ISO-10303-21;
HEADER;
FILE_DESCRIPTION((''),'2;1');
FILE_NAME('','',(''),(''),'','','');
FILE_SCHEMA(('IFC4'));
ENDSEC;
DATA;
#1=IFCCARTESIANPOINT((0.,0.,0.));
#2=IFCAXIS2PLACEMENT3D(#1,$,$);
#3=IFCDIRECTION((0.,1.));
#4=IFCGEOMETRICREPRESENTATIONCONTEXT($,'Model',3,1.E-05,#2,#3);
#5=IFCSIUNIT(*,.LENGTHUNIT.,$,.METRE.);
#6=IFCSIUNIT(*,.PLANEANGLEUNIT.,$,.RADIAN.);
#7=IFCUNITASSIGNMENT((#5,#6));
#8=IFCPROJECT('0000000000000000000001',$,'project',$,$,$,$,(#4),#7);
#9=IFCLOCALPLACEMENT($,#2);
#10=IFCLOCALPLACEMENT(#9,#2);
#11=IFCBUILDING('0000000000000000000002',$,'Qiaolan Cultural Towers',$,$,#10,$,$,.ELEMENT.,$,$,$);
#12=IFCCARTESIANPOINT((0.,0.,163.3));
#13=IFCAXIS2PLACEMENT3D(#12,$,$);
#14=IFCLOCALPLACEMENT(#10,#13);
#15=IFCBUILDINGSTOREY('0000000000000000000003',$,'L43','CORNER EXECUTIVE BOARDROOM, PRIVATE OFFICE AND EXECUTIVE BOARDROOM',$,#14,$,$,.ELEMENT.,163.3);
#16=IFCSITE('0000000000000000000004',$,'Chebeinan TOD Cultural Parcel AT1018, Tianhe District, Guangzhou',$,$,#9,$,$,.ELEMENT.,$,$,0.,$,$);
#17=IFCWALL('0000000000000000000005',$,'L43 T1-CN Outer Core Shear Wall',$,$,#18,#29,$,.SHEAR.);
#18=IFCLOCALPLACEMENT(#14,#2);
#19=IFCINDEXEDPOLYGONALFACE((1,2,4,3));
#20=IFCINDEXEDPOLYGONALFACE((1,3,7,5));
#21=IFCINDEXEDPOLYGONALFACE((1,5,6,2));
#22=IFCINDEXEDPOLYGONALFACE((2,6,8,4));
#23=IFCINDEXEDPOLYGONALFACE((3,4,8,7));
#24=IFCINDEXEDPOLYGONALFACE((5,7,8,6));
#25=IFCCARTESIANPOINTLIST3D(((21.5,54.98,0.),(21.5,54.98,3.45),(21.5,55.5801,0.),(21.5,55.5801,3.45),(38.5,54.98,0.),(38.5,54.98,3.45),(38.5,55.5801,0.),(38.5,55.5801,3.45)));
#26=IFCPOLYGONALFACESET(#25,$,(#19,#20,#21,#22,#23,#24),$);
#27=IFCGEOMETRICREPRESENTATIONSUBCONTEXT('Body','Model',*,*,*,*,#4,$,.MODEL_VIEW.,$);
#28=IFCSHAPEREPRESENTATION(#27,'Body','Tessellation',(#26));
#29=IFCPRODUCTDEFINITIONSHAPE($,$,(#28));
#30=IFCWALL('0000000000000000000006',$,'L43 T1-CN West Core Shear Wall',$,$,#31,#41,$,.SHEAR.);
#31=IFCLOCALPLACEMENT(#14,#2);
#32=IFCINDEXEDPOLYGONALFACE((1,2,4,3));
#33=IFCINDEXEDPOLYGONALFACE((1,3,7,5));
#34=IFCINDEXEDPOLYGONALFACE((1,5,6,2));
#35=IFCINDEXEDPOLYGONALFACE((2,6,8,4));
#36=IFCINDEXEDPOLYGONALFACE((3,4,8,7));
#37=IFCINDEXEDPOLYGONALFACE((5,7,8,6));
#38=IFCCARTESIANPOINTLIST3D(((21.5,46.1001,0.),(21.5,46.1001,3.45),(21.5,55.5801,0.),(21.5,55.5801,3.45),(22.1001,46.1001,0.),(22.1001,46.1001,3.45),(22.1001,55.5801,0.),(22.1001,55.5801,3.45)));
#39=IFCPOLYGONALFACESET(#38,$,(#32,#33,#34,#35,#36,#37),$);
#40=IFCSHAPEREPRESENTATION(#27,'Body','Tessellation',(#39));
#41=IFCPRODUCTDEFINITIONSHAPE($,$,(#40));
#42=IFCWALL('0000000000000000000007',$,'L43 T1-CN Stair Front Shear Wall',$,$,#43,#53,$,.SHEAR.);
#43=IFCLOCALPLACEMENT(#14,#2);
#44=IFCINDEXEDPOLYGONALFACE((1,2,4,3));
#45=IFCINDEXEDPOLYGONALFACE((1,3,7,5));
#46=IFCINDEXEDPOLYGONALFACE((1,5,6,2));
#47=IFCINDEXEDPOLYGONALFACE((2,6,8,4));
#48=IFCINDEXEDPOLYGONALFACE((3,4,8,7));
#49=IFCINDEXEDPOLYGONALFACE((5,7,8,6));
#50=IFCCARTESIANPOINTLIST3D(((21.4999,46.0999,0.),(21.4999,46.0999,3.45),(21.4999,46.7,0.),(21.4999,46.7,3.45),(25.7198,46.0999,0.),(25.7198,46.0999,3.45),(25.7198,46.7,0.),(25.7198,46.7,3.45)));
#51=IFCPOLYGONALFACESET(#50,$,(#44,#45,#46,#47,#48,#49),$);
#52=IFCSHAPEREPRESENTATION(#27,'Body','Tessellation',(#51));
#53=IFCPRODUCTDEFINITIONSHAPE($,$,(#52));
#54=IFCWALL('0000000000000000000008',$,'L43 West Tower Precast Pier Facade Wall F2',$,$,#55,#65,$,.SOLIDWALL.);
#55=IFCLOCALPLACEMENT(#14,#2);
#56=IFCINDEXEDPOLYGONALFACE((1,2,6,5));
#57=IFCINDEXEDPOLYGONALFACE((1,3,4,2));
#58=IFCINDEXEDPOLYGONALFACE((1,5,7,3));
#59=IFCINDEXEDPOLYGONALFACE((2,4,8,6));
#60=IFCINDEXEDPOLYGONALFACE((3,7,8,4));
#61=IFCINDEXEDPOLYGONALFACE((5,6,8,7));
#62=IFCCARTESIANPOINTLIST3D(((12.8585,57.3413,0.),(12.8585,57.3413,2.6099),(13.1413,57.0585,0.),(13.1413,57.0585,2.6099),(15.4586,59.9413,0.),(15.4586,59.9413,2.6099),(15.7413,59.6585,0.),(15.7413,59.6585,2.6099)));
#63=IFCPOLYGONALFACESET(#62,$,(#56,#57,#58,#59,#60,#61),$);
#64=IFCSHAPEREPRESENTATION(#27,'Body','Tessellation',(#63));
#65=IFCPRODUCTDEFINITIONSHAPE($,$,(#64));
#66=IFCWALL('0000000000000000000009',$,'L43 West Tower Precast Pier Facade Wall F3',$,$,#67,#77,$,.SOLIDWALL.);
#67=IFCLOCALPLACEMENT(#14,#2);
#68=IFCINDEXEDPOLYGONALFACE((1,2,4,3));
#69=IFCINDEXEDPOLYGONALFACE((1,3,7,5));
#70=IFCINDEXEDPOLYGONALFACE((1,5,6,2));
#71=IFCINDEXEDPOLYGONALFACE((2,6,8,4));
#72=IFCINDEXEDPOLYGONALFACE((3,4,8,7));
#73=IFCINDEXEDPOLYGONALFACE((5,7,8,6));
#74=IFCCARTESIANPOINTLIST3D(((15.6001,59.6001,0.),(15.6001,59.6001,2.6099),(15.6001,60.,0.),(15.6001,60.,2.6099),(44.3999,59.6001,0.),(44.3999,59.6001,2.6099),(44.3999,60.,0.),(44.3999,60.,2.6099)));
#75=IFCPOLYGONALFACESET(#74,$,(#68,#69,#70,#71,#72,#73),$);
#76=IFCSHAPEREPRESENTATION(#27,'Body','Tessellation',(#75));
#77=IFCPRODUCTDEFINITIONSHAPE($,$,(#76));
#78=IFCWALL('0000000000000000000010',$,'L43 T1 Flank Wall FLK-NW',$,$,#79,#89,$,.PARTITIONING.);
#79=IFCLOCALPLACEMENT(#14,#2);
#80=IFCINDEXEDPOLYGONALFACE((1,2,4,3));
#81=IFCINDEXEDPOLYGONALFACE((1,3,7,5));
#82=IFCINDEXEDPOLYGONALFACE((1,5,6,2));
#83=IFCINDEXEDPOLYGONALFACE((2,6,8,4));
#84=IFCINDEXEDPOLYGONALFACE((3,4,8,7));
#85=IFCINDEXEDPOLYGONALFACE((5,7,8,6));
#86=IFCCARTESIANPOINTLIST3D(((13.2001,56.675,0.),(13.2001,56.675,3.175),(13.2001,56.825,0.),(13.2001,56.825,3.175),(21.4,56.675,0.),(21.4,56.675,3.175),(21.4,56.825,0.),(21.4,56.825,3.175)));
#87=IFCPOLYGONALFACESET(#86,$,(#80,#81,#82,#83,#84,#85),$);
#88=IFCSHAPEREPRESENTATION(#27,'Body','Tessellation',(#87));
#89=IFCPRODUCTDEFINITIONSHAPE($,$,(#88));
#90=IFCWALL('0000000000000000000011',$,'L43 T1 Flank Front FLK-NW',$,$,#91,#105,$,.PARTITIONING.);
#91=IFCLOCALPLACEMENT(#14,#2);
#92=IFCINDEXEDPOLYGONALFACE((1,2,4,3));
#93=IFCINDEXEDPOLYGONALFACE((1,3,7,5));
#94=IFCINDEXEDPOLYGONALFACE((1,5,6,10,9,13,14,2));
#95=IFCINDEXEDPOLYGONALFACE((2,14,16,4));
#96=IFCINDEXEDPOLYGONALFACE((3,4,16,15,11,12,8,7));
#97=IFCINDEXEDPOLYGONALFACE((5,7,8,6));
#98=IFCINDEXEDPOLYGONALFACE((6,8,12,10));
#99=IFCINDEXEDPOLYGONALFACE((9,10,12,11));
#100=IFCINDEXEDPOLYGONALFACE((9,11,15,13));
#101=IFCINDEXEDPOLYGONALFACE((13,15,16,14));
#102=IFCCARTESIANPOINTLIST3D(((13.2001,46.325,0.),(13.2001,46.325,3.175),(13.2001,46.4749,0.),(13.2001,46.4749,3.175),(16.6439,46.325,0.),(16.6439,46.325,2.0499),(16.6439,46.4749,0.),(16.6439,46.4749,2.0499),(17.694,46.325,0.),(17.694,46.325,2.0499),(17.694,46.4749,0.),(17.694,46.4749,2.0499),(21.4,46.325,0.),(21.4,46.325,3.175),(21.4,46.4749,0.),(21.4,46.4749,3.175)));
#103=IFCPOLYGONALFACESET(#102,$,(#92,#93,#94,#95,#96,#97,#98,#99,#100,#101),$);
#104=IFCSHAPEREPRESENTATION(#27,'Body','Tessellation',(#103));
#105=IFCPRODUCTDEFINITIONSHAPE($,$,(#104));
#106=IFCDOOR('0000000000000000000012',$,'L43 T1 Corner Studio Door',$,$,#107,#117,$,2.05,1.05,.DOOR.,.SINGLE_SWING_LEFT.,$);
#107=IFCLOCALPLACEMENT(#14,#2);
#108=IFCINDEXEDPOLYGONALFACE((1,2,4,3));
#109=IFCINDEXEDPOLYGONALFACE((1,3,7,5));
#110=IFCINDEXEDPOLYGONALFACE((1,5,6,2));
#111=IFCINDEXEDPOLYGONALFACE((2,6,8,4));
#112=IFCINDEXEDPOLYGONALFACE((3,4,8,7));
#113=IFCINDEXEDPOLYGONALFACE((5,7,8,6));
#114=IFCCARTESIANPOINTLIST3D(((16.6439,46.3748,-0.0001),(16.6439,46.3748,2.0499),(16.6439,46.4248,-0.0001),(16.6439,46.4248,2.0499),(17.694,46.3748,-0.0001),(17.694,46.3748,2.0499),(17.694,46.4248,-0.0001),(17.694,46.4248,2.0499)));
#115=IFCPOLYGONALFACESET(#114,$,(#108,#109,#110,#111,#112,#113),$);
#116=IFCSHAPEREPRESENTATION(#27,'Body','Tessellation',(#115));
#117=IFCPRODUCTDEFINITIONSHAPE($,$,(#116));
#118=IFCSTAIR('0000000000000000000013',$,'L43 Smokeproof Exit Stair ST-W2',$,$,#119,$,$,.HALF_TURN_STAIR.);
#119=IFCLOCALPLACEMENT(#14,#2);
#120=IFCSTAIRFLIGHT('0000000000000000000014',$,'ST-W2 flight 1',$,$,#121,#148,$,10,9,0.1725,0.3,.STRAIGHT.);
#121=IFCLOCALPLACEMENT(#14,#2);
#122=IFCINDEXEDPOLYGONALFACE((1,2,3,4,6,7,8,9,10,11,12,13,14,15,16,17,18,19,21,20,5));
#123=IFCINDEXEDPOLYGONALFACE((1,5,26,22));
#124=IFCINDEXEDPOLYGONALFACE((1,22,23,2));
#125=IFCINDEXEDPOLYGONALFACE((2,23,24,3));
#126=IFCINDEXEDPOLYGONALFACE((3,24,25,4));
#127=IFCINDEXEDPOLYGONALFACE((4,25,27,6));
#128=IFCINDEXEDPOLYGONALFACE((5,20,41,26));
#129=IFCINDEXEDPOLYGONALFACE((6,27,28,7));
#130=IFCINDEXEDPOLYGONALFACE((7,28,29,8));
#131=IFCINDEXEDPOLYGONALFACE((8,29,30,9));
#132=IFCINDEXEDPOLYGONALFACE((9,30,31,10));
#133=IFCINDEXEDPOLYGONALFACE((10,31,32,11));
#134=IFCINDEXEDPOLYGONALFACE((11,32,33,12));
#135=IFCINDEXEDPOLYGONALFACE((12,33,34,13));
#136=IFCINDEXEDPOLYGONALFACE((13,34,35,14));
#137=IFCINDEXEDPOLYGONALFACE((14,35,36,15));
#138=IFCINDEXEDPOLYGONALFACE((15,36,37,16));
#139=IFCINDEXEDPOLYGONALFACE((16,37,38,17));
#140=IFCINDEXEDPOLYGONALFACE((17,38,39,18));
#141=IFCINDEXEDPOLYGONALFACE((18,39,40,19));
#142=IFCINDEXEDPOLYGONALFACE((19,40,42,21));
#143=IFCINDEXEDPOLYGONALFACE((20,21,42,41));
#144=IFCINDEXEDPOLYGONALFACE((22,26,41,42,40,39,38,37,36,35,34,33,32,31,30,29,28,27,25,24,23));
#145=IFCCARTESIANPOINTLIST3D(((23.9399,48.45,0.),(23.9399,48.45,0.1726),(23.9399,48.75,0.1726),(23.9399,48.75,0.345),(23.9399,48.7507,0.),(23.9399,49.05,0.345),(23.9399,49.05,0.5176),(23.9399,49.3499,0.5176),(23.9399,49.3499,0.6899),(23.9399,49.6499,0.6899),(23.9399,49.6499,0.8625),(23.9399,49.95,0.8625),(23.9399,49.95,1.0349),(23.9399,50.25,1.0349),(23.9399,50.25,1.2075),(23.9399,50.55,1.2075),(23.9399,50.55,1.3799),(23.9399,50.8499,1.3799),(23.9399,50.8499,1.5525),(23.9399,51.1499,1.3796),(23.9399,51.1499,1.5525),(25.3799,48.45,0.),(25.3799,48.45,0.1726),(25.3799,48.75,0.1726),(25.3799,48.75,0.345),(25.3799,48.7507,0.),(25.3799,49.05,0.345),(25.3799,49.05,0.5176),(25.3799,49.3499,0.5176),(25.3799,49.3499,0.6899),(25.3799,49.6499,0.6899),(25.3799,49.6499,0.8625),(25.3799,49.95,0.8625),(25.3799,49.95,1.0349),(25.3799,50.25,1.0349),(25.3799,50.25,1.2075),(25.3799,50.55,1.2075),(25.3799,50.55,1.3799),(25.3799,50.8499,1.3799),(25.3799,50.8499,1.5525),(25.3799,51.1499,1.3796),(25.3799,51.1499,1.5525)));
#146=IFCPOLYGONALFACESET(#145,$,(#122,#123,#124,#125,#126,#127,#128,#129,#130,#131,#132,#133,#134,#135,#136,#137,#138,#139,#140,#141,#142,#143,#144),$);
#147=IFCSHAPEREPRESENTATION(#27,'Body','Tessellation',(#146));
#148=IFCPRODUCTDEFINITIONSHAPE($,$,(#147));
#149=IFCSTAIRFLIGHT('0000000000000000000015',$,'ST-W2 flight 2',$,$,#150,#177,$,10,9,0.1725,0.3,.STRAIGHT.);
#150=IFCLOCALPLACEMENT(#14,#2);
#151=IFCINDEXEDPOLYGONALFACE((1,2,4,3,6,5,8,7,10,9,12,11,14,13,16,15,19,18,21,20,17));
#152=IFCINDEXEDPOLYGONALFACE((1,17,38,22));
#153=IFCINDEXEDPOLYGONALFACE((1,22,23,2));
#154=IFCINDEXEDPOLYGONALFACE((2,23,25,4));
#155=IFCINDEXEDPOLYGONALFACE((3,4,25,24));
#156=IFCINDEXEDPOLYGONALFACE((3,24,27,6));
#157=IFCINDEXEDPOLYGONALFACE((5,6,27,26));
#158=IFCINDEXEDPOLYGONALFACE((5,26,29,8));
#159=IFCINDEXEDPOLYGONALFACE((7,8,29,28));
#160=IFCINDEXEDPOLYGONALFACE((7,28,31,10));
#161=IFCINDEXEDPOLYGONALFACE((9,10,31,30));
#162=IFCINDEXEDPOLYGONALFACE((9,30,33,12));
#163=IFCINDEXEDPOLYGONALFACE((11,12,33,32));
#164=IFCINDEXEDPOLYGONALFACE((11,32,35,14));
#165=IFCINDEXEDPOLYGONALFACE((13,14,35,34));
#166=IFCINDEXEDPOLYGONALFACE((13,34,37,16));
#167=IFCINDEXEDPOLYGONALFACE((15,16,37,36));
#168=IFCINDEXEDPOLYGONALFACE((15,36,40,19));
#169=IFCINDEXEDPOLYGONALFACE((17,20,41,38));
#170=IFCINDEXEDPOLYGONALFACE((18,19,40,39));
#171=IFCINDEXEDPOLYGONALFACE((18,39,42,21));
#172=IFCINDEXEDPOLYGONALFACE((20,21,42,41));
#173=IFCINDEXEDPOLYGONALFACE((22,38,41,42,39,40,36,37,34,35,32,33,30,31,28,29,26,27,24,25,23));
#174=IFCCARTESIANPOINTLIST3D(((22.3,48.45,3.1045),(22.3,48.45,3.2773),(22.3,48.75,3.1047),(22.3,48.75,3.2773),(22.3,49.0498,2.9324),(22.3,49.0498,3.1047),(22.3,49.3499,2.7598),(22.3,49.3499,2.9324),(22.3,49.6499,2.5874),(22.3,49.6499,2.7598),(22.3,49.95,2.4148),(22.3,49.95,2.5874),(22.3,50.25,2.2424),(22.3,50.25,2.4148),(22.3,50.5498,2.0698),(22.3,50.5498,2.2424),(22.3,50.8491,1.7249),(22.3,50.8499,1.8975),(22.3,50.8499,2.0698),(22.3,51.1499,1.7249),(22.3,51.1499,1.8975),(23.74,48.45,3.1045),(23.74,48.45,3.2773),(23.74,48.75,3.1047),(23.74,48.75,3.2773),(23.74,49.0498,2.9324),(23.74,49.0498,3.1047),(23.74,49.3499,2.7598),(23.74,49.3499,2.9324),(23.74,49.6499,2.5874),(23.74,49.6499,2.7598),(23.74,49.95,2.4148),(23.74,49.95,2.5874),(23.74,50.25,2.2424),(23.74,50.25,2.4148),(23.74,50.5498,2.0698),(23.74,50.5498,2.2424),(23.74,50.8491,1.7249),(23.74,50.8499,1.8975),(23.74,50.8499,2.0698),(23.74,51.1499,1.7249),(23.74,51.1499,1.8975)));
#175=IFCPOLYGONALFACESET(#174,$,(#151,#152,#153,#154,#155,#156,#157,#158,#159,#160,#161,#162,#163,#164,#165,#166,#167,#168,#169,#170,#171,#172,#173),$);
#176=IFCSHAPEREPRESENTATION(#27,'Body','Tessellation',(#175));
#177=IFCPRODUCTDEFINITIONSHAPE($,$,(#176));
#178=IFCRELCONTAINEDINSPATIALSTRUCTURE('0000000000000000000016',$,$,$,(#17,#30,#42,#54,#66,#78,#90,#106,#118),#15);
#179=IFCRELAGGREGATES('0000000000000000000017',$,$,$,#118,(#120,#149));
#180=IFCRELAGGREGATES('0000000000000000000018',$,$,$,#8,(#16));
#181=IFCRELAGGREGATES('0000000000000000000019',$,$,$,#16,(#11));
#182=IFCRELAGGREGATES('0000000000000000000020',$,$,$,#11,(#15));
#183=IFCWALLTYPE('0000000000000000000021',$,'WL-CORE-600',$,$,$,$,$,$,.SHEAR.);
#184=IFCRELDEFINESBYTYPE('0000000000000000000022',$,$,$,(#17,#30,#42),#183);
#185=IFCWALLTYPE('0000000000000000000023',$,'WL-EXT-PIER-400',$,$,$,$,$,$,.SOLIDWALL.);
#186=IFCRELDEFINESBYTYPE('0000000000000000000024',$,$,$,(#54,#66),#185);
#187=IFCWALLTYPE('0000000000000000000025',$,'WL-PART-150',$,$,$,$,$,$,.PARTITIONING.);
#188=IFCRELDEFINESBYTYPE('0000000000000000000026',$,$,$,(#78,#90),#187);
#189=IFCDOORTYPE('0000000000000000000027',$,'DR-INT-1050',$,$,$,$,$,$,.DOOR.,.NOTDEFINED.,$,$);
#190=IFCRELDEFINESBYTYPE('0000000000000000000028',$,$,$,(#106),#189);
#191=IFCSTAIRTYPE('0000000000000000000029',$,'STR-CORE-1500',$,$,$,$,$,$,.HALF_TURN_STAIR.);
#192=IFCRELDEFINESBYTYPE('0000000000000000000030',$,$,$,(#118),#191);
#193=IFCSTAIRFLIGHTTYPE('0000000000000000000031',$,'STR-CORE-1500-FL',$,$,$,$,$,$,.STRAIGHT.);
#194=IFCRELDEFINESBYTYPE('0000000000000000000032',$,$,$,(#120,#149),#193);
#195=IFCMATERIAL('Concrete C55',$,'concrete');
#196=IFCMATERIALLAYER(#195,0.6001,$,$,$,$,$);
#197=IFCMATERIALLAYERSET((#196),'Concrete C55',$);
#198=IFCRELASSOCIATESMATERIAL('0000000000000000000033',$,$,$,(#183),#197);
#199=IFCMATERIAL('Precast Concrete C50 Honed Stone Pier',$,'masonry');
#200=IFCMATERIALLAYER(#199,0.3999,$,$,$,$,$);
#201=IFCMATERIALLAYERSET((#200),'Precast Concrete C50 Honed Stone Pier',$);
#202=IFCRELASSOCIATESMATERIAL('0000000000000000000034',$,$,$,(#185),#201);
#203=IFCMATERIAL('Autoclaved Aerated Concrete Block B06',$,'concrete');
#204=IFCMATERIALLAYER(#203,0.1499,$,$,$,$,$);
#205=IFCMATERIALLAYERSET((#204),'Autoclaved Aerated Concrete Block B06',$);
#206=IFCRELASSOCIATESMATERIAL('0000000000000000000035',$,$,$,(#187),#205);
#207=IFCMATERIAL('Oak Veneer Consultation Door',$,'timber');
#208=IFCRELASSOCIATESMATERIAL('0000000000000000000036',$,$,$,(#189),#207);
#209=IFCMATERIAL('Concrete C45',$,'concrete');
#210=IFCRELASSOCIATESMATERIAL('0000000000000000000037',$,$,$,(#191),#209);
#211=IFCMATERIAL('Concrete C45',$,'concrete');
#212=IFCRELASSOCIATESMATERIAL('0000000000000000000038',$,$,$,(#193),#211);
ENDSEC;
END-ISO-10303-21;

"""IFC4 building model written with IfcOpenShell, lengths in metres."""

from ifc_helpers import new_model, si_unit, direction, frame, frame_2d, origin, place, context, subcontext, project, spatial, polyline, rectangle, outline, extrude, material, layer, layer_set, type_object, element, fill, aggregate, save


model = new_model("IFC4")

# Units and contexts
model_context = context("Model", 3, precision=1e-05, world=origin(), true_north=direction((0.0, 1.0)))
body_context = subcontext(model_context, "Body", "Model", "MODEL_VIEW")
ifc_project = project(units=[si_unit("LENGTHUNIT", "METRE"), si_unit("PLANEANGLEUNIT", "RADIAN")], contexts=[model_context])

# Site, building, storey
site_placement = place(None, origin())
site = spatial("IfcSite", under=ifc_project, at=site_placement, Name="Chebeinan TOD Cultural Parcel AT1018, Tianhe District, Guangzhou", CompositionType="ELEMENT", RefElevation=0.0)
building_placement = place(site_placement, origin())
building = spatial("IfcBuilding", under=site, at=building_placement, Name="Qiaolan Cultural Towers", CompositionType="ELEMENT")
storey_placement = place(building_placement, frame((0.0, 0.0, 163.3)))
storey = spatial("IfcBuildingStorey", under=building, at=storey_placement, Name="L43", Description="CORNER EXECUTIVE BOARDROOM, PRIVATE OFFICE AND EXECUTIVE BOARDROOM", CompositionType="ELEMENT", Elevation=163.3)

# Walls
ifc_material_1 = material(Name="Concrete C55", Category="concrete")
ifc_layer_1 = layer(ifc_material_1, 0.6001)
ifc_layer_set_1 = layer_set([ifc_layer_1], Name="Concrete C55")
wall_type_1 = type_object("IfcWallType", Name="WL-CORE-600", PredefinedType="SHEAR", material=ifc_layer_set_1)
wall_1_placement = place(storey_placement, frame((21.5, 55.28, 0.0), z_axis=(0.0, 0.0, 1.0), x_axis=(1.0, 0.0, 0.0)))
element("IfcWall", 1, at=wall_1_placement, inside=storey, type_object=wall_type_1, Name="L43 T1-CN Outer Core Shear Wall", PredefinedType="SHEAR", context=body_context, shape_type="SweptSolid", body=[
    extrude(rectangle(XDim=17.0, YDim=0.6001, at=frame_2d((8.5, 0.0))), origin(), (0.0, 0.0, 1.0), 3.45),
])
wall_2_placement = place(storey_placement, frame((21.8, 46.1001, 0.0), z_axis=(0.0, 0.0, 1.0), x_axis=(0.0, 1.0, 0.0)))
element("IfcWall", 2, at=wall_2_placement, inside=storey, type_object=wall_type_1, Name="L43 T1-CN West Core Shear Wall", PredefinedType="SHEAR", context=body_context, shape_type="SweptSolid", body=[
    extrude(rectangle(XDim=9.48, YDim=0.6001, at=frame_2d((4.74, 0.0))), origin(), (0.0, 0.0, 1.0), 3.45),
])
wall_3_placement = place(storey_placement, frame((21.5, 46.3999, 0.0), z_axis=(0.0, 0.0, 1.0), x_axis=(1.0, 0.0, 0.0)))
element("IfcWall", 3, at=wall_3_placement, inside=storey, type_object=wall_type_1, Name="L43 T1-CN Stair Front Shear Wall", PredefinedType="SHEAR", context=body_context, shape_type="SweptSolid", body=[
    extrude(rectangle(XDim=4.22, YDim=0.6001, at=frame_2d((2.1099, 0.0))), origin(), (0.0, 0.0, 1.0), 3.45),
])
ifc_material_2 = material(Name="Precast Concrete C50 Honed Stone Pier", Category="masonry")
ifc_layer_2 = layer(ifc_material_2, 0.3999)
ifc_layer_set_2 = layer_set([ifc_layer_2], Name="Precast Concrete C50 Honed Stone Pier")
wall_type_2 = type_object("IfcWallType", Name="WL-EXT-PIER-400", PredefinedType="SOLIDWALL", material=ifc_layer_set_2)
wall_4_placement = place(storey_placement, frame((13.0, 57.2, 0.0), z_axis=(0.0, 0.0, 1.0), x_axis=(0.707107, 0.707107, 0.0)))
element("IfcWall", 4, at=wall_4_placement, inside=storey, type_object=wall_type_2, Name="L43 West Tower Precast Pier Facade Wall F2", PredefinedType="SOLIDWALL", context=body_context, shape_type="SweptSolid", body=[
    extrude(rectangle(XDim=3.677, YDim=0.3999, at=frame_2d((1.8384, 0.0))), origin(), (0.0, 0.0, 1.0), 2.6099),
])
wall_5_placement = place(storey_placement, frame((15.6001, 59.8, 0.0), z_axis=(0.0, 0.0, 1.0), x_axis=(1.0, 0.0, 0.0)))
element("IfcWall", 5, at=wall_5_placement, inside=storey, type_object=wall_type_2, Name="L43 West Tower Precast Pier Facade Wall F3", PredefinedType="SOLIDWALL", context=body_context, shape_type="SweptSolid", body=[
    extrude(rectangle(XDim=28.7998, YDim=0.3999, at=frame_2d((14.3999, 0.0))), origin(), (0.0, 0.0, 1.0), 2.6099),
])
ifc_material_3 = material(Name="Autoclaved Aerated Concrete Block B06", Category="concrete")
ifc_layer_3 = layer(ifc_material_3, 0.1499)
ifc_layer_set_3 = layer_set([ifc_layer_3], Name="Autoclaved Aerated Concrete Block B06")
wall_type_3 = type_object("IfcWallType", Name="WL-PART-150", PredefinedType="PARTITIONING", material=ifc_layer_set_3)
wall_6_placement = place(storey_placement, frame((13.2, 56.75, 0.0), z_axis=(0.0, 0.0, 1.0), x_axis=(1.0, 0.0, 0.0)))
element("IfcWall", 6, at=wall_6_placement, inside=storey, type_object=wall_type_3, Name="L43 T1 Flank Wall FLK-NW", PredefinedType="PARTITIONING", context=body_context, shape_type="SweptSolid", body=[
    extrude(rectangle(XDim=8.2, YDim=0.1499, at=frame_2d((4.1001, 0.0))), origin(), (0.0, 0.0, 1.0), 3.175),
])

# Wall, opening, door
wall_7_placement = place(storey_placement, frame((13.2, 46.3999, 0.0), z_axis=(0.0, 0.0, 1.0), x_axis=(1.0, 0.0, 0.0)))
wall_7 = element("IfcWall", 7, at=wall_7_placement, inside=storey, type_object=wall_type_3, Name="L43 T1 Flank Front FLK-NW", PredefinedType="PARTITIONING", context=body_context, shape_type="SweptSolid", body=[
    extrude(rectangle(XDim=8.2, YDim=0.1499, at=frame_2d((4.1001, 0.0))), origin(), (0.0, 0.0, 1.0), 3.175),
])
opening_placement = place(wall_7_placement, frame((3.4441, 0.0, 0.0)))
opening = element("IfcOpeningElement", 8, at=opening_placement, cuts=wall_7, PredefinedType="OPENING", context=body_context, shape_type="SweptSolid", body=[
    extrude(rectangle(XDim=1.05, YDim=2.05, at=frame_2d((0.5249, 1.0249))), frame((0.0, 0.085, 0.0), z_axis=(0.0, -1.0, 0.0), x_axis=(1.0, 0.0, 0.0)), (0.0, 0.0, 1.0), 0.1699),
])
ifc_material_4 = material(Name="Oak Veneer Consultation Door", Category="timber")
door_type = type_object("IfcDoorType", Name="DR-INT-1050", OperationType="NOTDEFINED", PredefinedType="DOOR", material=ifc_material_4)
door_placement = place(opening_placement, origin())
door = element("IfcDoor", 9, at=door_placement, inside=storey, type_object=door_type, Name="L43 T1 Corner Studio Door", OperationType="SINGLE_SWING_LEFT", OverallHeight=2.05, OverallWidth=1.05, PredefinedType="DOOR", context=body_context, shape_type="SweptSolid", body=[
    extrude(rectangle(XDim=1.05, YDim=2.05, at=frame_2d((0.5249, 1.0249))), frame((0.0, 0.0249, 0.0), z_axis=(0.0, -1.0, 0.0), x_axis=(1.0, 0.0, 0.0)), (0.0, 0.0, 1.0), 0.05),
])
fill(opening, door)

# Stair, stair flights
ifc_material_5 = material(Name="Concrete C45", Category="concrete")
stair_type = type_object("IfcStairType", Name="STR-CORE-1500", PredefinedType="HALF_TURN_STAIR", material=ifc_material_5)
stair_placement = place(storey_placement, origin())
stair = element("IfcStair", 10, at=stair_placement, inside=storey, type_object=stair_type, Name="L43 Smokeproof Exit Stair ST-W2", PredefinedType="HALF_TURN_STAIR")
ifc_material_6 = material(Name="Concrete C45", Category="concrete")
stair_flight_type = type_object("IfcStairFlightType", Name="STR-CORE-1500-FL", PredefinedType="STRAIGHT", material=ifc_material_6)
stair_flight_1_placement = place(storey_placement, frame((24.6599, 48.45, 0.0), z_axis=(0.0, 0.0, 1.0), x_axis=(0.0, 1.0, 0.0)))
stair_flight_1 = element("IfcStairFlight", 11, at=stair_flight_1_placement, type_object=stair_flight_type, Name="ST-W2 flight 1", NumberOfRisers=10, NumberOfTreads=9, PredefinedType="STRAIGHT", RiserHeight=0.1725, TreadLength=0.3, context=body_context, shape_type="SweptSolid", body=[
    extrude(outline(polyline([(0.0, 0.0), (0.0, 0.1726), (0.3, 0.1726), (0.3, 0.345), (0.6001, 0.345), (0.6001, 0.5176), (0.8999, 0.5176), (0.8999, 0.6899), (1.2, 0.6899), (1.2, 0.8625), (1.5, 0.8625), (1.5, 1.0349), (1.8, 1.0349), (1.8, 1.2075), (2.1001, 1.2075), (2.1001, 1.3799), (2.3999, 1.3799), (2.3999, 1.5525), (2.7, 1.5525), (2.7, 1.7251), (2.7, 1.3796), (0.3008, 0.0), (0.0, 0.0)])), frame((0.0, 0.72, 0.0), z_axis=(0.0, -1.0, 0.0), x_axis=(1.0, 0.0, 0.0)), (0.0, 0.0, 1.0), 1.4399),
])
stair_flight_2_placement = place(storey_placement, frame((23.02, 51.1499, 1.7249), z_axis=(0.0, 0.0, 1.0), x_axis=(0.0, -1.0, 0.0)))
stair_flight_2 = element("IfcStairFlight", 12, at=stair_flight_2_placement, type_object=stair_flight_type, Name="ST-W2 flight 2", NumberOfRisers=10, NumberOfTreads=9, PredefinedType="STRAIGHT", RiserHeight=0.1725, TreadLength=0.3, context=body_context, shape_type="SweptSolid", body=[
    extrude(outline(polyline([(0.0, 0.0), (0.0, 0.1726), (0.3, 0.1726), (0.3, 0.345), (0.6001, 0.345), (0.6001, 0.5176), (0.8999, 0.5176), (0.8999, 0.6899), (1.2, 0.6899), (1.2, 0.8625), (1.5, 0.8625), (1.5, 1.0349), (1.8, 1.0349), (1.8, 1.2075), (2.1001, 1.2075), (2.1001, 1.3799), (2.3999, 1.3799), (2.3999, 1.5525), (2.7, 1.5525), (2.7, 1.7251), (2.7, 1.3796), (0.3008, 0.0), (0.0, 0.0)])), frame((0.0, 0.72, 0.0), z_axis=(0.0, -1.0, 0.0), x_axis=(1.0, 0.0, 0.0)), (0.0, 0.0, 1.0), 1.4399),
])
aggregate(stair, [stair_flight_1, stair_flight_2])

save(model, "model.ifc")
